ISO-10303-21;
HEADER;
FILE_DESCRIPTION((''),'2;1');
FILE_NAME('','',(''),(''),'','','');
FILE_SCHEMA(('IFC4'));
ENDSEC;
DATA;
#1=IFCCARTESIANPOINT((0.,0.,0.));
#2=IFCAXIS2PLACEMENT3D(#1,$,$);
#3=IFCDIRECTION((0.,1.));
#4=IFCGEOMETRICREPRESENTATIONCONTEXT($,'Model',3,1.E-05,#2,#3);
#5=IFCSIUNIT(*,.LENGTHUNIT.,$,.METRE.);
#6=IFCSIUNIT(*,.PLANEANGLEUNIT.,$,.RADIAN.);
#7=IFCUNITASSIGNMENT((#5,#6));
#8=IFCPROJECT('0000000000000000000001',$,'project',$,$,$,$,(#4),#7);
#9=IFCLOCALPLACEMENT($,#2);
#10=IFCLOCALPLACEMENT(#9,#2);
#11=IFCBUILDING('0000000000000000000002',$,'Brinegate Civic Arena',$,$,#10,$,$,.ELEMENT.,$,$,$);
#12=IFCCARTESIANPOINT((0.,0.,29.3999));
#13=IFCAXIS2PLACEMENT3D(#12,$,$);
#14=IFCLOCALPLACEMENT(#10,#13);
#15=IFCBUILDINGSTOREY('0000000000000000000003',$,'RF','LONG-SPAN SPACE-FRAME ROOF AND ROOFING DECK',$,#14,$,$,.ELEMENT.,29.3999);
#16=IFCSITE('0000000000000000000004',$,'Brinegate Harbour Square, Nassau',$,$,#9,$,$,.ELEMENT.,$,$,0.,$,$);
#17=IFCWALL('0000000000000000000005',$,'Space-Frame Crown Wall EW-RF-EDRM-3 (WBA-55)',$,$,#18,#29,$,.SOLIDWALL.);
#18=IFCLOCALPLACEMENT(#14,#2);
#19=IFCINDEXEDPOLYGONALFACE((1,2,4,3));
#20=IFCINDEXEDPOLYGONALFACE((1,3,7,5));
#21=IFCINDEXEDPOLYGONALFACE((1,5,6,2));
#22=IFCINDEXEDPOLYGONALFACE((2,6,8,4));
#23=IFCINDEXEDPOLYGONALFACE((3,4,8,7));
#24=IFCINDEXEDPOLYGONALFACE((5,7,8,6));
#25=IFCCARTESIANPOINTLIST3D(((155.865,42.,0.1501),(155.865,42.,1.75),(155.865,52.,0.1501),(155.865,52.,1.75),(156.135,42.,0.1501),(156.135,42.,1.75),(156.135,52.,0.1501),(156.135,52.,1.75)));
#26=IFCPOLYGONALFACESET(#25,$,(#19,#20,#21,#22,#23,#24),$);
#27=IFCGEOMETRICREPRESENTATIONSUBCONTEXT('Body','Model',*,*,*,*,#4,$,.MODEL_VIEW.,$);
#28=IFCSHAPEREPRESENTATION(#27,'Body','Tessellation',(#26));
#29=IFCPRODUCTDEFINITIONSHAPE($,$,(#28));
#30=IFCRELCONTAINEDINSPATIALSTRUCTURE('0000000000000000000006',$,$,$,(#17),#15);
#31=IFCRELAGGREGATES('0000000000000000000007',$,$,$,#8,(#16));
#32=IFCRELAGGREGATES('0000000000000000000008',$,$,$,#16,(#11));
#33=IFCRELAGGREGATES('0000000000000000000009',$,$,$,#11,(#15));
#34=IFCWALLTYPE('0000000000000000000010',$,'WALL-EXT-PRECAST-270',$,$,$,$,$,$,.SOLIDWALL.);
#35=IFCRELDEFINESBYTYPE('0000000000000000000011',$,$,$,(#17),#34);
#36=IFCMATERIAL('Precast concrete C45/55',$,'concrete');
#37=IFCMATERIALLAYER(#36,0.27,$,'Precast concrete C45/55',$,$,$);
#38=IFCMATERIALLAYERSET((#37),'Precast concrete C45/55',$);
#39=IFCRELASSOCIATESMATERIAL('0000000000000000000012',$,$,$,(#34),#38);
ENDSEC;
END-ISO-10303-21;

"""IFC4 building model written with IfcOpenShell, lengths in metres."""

from ifc_helpers import new_model, si_unit, direction, frame, frame_2d, origin, place, context, subcontext, project, spatial, rectangle, extrude, material, layer, layer_set, type_object, element, save


model = new_model("IFC4")

# Units and contexts
model_context = context("Model", 3, precision=1e-05, world=origin(), true_north=direction((0.0, 1.0)))
body_context = subcontext(model_context, "Body", "Model", "MODEL_VIEW")
ifc_project = project(units=[si_unit("LENGTHUNIT", "METRE"), si_unit("PLANEANGLEUNIT", "RADIAN")], contexts=[model_context])

# Site, building, storey
site_placement = place(None, origin())
site = spatial("IfcSite", under=ifc_project, at=site_placement, Name="Brinegate Harbour Square, Nassau", CompositionType="ELEMENT", RefElevation=0.0)
building_placement = place(site_placement, origin())
building = spatial("IfcBuilding", under=site, at=building_placement, Name="Brinegate Civic Arena", CompositionType="ELEMENT")
storey_placement = place(building_placement, frame((0.0, 0.0, 29.3999)))
storey = spatial("IfcBuildingStorey", under=building, at=storey_placement, Name="RF", Description="LONG-SPAN SPACE-FRAME ROOF AND ROOFING DECK", CompositionType="ELEMENT", Elevation=29.3999)

# Wall
ifc_material_1 = material(Name="Precast concrete C45/55", Category="concrete")
ifc_layer_1 = layer(ifc_material_1, 0.27, Name="Precast concrete C45/55")
ifc_layer_set_1 = layer_set([ifc_layer_1], Name="Precast concrete C45/55")
wall_type = type_object("IfcWallType", Name="WALL-EXT-PRECAST-270", PredefinedType="SOLIDWALL", material=ifc_layer_set_1)
wall_placement = place(storey_placement, frame((156.0, 42.0, 0.1501), z_axis=(0.0, 0.0, 1.0), x_axis=(0.0, 1.0, 0.0)))
element("IfcWall", 1, at=wall_placement, inside=storey, type_object=wall_type, Name="Space-Frame Crown Wall EW-RF-EDRM-3 (WBA-55)", PredefinedType="SOLIDWALL", context=body_context, shape_type="SweptSolid", body=[
    extrude(rectangle(XDim=10.0, YDim=0.27, at=frame_2d((5.0, 0.0))), origin(), (0.0, 0.0, 1.0), 1.5999),
])

save(model, "model.ifc")
